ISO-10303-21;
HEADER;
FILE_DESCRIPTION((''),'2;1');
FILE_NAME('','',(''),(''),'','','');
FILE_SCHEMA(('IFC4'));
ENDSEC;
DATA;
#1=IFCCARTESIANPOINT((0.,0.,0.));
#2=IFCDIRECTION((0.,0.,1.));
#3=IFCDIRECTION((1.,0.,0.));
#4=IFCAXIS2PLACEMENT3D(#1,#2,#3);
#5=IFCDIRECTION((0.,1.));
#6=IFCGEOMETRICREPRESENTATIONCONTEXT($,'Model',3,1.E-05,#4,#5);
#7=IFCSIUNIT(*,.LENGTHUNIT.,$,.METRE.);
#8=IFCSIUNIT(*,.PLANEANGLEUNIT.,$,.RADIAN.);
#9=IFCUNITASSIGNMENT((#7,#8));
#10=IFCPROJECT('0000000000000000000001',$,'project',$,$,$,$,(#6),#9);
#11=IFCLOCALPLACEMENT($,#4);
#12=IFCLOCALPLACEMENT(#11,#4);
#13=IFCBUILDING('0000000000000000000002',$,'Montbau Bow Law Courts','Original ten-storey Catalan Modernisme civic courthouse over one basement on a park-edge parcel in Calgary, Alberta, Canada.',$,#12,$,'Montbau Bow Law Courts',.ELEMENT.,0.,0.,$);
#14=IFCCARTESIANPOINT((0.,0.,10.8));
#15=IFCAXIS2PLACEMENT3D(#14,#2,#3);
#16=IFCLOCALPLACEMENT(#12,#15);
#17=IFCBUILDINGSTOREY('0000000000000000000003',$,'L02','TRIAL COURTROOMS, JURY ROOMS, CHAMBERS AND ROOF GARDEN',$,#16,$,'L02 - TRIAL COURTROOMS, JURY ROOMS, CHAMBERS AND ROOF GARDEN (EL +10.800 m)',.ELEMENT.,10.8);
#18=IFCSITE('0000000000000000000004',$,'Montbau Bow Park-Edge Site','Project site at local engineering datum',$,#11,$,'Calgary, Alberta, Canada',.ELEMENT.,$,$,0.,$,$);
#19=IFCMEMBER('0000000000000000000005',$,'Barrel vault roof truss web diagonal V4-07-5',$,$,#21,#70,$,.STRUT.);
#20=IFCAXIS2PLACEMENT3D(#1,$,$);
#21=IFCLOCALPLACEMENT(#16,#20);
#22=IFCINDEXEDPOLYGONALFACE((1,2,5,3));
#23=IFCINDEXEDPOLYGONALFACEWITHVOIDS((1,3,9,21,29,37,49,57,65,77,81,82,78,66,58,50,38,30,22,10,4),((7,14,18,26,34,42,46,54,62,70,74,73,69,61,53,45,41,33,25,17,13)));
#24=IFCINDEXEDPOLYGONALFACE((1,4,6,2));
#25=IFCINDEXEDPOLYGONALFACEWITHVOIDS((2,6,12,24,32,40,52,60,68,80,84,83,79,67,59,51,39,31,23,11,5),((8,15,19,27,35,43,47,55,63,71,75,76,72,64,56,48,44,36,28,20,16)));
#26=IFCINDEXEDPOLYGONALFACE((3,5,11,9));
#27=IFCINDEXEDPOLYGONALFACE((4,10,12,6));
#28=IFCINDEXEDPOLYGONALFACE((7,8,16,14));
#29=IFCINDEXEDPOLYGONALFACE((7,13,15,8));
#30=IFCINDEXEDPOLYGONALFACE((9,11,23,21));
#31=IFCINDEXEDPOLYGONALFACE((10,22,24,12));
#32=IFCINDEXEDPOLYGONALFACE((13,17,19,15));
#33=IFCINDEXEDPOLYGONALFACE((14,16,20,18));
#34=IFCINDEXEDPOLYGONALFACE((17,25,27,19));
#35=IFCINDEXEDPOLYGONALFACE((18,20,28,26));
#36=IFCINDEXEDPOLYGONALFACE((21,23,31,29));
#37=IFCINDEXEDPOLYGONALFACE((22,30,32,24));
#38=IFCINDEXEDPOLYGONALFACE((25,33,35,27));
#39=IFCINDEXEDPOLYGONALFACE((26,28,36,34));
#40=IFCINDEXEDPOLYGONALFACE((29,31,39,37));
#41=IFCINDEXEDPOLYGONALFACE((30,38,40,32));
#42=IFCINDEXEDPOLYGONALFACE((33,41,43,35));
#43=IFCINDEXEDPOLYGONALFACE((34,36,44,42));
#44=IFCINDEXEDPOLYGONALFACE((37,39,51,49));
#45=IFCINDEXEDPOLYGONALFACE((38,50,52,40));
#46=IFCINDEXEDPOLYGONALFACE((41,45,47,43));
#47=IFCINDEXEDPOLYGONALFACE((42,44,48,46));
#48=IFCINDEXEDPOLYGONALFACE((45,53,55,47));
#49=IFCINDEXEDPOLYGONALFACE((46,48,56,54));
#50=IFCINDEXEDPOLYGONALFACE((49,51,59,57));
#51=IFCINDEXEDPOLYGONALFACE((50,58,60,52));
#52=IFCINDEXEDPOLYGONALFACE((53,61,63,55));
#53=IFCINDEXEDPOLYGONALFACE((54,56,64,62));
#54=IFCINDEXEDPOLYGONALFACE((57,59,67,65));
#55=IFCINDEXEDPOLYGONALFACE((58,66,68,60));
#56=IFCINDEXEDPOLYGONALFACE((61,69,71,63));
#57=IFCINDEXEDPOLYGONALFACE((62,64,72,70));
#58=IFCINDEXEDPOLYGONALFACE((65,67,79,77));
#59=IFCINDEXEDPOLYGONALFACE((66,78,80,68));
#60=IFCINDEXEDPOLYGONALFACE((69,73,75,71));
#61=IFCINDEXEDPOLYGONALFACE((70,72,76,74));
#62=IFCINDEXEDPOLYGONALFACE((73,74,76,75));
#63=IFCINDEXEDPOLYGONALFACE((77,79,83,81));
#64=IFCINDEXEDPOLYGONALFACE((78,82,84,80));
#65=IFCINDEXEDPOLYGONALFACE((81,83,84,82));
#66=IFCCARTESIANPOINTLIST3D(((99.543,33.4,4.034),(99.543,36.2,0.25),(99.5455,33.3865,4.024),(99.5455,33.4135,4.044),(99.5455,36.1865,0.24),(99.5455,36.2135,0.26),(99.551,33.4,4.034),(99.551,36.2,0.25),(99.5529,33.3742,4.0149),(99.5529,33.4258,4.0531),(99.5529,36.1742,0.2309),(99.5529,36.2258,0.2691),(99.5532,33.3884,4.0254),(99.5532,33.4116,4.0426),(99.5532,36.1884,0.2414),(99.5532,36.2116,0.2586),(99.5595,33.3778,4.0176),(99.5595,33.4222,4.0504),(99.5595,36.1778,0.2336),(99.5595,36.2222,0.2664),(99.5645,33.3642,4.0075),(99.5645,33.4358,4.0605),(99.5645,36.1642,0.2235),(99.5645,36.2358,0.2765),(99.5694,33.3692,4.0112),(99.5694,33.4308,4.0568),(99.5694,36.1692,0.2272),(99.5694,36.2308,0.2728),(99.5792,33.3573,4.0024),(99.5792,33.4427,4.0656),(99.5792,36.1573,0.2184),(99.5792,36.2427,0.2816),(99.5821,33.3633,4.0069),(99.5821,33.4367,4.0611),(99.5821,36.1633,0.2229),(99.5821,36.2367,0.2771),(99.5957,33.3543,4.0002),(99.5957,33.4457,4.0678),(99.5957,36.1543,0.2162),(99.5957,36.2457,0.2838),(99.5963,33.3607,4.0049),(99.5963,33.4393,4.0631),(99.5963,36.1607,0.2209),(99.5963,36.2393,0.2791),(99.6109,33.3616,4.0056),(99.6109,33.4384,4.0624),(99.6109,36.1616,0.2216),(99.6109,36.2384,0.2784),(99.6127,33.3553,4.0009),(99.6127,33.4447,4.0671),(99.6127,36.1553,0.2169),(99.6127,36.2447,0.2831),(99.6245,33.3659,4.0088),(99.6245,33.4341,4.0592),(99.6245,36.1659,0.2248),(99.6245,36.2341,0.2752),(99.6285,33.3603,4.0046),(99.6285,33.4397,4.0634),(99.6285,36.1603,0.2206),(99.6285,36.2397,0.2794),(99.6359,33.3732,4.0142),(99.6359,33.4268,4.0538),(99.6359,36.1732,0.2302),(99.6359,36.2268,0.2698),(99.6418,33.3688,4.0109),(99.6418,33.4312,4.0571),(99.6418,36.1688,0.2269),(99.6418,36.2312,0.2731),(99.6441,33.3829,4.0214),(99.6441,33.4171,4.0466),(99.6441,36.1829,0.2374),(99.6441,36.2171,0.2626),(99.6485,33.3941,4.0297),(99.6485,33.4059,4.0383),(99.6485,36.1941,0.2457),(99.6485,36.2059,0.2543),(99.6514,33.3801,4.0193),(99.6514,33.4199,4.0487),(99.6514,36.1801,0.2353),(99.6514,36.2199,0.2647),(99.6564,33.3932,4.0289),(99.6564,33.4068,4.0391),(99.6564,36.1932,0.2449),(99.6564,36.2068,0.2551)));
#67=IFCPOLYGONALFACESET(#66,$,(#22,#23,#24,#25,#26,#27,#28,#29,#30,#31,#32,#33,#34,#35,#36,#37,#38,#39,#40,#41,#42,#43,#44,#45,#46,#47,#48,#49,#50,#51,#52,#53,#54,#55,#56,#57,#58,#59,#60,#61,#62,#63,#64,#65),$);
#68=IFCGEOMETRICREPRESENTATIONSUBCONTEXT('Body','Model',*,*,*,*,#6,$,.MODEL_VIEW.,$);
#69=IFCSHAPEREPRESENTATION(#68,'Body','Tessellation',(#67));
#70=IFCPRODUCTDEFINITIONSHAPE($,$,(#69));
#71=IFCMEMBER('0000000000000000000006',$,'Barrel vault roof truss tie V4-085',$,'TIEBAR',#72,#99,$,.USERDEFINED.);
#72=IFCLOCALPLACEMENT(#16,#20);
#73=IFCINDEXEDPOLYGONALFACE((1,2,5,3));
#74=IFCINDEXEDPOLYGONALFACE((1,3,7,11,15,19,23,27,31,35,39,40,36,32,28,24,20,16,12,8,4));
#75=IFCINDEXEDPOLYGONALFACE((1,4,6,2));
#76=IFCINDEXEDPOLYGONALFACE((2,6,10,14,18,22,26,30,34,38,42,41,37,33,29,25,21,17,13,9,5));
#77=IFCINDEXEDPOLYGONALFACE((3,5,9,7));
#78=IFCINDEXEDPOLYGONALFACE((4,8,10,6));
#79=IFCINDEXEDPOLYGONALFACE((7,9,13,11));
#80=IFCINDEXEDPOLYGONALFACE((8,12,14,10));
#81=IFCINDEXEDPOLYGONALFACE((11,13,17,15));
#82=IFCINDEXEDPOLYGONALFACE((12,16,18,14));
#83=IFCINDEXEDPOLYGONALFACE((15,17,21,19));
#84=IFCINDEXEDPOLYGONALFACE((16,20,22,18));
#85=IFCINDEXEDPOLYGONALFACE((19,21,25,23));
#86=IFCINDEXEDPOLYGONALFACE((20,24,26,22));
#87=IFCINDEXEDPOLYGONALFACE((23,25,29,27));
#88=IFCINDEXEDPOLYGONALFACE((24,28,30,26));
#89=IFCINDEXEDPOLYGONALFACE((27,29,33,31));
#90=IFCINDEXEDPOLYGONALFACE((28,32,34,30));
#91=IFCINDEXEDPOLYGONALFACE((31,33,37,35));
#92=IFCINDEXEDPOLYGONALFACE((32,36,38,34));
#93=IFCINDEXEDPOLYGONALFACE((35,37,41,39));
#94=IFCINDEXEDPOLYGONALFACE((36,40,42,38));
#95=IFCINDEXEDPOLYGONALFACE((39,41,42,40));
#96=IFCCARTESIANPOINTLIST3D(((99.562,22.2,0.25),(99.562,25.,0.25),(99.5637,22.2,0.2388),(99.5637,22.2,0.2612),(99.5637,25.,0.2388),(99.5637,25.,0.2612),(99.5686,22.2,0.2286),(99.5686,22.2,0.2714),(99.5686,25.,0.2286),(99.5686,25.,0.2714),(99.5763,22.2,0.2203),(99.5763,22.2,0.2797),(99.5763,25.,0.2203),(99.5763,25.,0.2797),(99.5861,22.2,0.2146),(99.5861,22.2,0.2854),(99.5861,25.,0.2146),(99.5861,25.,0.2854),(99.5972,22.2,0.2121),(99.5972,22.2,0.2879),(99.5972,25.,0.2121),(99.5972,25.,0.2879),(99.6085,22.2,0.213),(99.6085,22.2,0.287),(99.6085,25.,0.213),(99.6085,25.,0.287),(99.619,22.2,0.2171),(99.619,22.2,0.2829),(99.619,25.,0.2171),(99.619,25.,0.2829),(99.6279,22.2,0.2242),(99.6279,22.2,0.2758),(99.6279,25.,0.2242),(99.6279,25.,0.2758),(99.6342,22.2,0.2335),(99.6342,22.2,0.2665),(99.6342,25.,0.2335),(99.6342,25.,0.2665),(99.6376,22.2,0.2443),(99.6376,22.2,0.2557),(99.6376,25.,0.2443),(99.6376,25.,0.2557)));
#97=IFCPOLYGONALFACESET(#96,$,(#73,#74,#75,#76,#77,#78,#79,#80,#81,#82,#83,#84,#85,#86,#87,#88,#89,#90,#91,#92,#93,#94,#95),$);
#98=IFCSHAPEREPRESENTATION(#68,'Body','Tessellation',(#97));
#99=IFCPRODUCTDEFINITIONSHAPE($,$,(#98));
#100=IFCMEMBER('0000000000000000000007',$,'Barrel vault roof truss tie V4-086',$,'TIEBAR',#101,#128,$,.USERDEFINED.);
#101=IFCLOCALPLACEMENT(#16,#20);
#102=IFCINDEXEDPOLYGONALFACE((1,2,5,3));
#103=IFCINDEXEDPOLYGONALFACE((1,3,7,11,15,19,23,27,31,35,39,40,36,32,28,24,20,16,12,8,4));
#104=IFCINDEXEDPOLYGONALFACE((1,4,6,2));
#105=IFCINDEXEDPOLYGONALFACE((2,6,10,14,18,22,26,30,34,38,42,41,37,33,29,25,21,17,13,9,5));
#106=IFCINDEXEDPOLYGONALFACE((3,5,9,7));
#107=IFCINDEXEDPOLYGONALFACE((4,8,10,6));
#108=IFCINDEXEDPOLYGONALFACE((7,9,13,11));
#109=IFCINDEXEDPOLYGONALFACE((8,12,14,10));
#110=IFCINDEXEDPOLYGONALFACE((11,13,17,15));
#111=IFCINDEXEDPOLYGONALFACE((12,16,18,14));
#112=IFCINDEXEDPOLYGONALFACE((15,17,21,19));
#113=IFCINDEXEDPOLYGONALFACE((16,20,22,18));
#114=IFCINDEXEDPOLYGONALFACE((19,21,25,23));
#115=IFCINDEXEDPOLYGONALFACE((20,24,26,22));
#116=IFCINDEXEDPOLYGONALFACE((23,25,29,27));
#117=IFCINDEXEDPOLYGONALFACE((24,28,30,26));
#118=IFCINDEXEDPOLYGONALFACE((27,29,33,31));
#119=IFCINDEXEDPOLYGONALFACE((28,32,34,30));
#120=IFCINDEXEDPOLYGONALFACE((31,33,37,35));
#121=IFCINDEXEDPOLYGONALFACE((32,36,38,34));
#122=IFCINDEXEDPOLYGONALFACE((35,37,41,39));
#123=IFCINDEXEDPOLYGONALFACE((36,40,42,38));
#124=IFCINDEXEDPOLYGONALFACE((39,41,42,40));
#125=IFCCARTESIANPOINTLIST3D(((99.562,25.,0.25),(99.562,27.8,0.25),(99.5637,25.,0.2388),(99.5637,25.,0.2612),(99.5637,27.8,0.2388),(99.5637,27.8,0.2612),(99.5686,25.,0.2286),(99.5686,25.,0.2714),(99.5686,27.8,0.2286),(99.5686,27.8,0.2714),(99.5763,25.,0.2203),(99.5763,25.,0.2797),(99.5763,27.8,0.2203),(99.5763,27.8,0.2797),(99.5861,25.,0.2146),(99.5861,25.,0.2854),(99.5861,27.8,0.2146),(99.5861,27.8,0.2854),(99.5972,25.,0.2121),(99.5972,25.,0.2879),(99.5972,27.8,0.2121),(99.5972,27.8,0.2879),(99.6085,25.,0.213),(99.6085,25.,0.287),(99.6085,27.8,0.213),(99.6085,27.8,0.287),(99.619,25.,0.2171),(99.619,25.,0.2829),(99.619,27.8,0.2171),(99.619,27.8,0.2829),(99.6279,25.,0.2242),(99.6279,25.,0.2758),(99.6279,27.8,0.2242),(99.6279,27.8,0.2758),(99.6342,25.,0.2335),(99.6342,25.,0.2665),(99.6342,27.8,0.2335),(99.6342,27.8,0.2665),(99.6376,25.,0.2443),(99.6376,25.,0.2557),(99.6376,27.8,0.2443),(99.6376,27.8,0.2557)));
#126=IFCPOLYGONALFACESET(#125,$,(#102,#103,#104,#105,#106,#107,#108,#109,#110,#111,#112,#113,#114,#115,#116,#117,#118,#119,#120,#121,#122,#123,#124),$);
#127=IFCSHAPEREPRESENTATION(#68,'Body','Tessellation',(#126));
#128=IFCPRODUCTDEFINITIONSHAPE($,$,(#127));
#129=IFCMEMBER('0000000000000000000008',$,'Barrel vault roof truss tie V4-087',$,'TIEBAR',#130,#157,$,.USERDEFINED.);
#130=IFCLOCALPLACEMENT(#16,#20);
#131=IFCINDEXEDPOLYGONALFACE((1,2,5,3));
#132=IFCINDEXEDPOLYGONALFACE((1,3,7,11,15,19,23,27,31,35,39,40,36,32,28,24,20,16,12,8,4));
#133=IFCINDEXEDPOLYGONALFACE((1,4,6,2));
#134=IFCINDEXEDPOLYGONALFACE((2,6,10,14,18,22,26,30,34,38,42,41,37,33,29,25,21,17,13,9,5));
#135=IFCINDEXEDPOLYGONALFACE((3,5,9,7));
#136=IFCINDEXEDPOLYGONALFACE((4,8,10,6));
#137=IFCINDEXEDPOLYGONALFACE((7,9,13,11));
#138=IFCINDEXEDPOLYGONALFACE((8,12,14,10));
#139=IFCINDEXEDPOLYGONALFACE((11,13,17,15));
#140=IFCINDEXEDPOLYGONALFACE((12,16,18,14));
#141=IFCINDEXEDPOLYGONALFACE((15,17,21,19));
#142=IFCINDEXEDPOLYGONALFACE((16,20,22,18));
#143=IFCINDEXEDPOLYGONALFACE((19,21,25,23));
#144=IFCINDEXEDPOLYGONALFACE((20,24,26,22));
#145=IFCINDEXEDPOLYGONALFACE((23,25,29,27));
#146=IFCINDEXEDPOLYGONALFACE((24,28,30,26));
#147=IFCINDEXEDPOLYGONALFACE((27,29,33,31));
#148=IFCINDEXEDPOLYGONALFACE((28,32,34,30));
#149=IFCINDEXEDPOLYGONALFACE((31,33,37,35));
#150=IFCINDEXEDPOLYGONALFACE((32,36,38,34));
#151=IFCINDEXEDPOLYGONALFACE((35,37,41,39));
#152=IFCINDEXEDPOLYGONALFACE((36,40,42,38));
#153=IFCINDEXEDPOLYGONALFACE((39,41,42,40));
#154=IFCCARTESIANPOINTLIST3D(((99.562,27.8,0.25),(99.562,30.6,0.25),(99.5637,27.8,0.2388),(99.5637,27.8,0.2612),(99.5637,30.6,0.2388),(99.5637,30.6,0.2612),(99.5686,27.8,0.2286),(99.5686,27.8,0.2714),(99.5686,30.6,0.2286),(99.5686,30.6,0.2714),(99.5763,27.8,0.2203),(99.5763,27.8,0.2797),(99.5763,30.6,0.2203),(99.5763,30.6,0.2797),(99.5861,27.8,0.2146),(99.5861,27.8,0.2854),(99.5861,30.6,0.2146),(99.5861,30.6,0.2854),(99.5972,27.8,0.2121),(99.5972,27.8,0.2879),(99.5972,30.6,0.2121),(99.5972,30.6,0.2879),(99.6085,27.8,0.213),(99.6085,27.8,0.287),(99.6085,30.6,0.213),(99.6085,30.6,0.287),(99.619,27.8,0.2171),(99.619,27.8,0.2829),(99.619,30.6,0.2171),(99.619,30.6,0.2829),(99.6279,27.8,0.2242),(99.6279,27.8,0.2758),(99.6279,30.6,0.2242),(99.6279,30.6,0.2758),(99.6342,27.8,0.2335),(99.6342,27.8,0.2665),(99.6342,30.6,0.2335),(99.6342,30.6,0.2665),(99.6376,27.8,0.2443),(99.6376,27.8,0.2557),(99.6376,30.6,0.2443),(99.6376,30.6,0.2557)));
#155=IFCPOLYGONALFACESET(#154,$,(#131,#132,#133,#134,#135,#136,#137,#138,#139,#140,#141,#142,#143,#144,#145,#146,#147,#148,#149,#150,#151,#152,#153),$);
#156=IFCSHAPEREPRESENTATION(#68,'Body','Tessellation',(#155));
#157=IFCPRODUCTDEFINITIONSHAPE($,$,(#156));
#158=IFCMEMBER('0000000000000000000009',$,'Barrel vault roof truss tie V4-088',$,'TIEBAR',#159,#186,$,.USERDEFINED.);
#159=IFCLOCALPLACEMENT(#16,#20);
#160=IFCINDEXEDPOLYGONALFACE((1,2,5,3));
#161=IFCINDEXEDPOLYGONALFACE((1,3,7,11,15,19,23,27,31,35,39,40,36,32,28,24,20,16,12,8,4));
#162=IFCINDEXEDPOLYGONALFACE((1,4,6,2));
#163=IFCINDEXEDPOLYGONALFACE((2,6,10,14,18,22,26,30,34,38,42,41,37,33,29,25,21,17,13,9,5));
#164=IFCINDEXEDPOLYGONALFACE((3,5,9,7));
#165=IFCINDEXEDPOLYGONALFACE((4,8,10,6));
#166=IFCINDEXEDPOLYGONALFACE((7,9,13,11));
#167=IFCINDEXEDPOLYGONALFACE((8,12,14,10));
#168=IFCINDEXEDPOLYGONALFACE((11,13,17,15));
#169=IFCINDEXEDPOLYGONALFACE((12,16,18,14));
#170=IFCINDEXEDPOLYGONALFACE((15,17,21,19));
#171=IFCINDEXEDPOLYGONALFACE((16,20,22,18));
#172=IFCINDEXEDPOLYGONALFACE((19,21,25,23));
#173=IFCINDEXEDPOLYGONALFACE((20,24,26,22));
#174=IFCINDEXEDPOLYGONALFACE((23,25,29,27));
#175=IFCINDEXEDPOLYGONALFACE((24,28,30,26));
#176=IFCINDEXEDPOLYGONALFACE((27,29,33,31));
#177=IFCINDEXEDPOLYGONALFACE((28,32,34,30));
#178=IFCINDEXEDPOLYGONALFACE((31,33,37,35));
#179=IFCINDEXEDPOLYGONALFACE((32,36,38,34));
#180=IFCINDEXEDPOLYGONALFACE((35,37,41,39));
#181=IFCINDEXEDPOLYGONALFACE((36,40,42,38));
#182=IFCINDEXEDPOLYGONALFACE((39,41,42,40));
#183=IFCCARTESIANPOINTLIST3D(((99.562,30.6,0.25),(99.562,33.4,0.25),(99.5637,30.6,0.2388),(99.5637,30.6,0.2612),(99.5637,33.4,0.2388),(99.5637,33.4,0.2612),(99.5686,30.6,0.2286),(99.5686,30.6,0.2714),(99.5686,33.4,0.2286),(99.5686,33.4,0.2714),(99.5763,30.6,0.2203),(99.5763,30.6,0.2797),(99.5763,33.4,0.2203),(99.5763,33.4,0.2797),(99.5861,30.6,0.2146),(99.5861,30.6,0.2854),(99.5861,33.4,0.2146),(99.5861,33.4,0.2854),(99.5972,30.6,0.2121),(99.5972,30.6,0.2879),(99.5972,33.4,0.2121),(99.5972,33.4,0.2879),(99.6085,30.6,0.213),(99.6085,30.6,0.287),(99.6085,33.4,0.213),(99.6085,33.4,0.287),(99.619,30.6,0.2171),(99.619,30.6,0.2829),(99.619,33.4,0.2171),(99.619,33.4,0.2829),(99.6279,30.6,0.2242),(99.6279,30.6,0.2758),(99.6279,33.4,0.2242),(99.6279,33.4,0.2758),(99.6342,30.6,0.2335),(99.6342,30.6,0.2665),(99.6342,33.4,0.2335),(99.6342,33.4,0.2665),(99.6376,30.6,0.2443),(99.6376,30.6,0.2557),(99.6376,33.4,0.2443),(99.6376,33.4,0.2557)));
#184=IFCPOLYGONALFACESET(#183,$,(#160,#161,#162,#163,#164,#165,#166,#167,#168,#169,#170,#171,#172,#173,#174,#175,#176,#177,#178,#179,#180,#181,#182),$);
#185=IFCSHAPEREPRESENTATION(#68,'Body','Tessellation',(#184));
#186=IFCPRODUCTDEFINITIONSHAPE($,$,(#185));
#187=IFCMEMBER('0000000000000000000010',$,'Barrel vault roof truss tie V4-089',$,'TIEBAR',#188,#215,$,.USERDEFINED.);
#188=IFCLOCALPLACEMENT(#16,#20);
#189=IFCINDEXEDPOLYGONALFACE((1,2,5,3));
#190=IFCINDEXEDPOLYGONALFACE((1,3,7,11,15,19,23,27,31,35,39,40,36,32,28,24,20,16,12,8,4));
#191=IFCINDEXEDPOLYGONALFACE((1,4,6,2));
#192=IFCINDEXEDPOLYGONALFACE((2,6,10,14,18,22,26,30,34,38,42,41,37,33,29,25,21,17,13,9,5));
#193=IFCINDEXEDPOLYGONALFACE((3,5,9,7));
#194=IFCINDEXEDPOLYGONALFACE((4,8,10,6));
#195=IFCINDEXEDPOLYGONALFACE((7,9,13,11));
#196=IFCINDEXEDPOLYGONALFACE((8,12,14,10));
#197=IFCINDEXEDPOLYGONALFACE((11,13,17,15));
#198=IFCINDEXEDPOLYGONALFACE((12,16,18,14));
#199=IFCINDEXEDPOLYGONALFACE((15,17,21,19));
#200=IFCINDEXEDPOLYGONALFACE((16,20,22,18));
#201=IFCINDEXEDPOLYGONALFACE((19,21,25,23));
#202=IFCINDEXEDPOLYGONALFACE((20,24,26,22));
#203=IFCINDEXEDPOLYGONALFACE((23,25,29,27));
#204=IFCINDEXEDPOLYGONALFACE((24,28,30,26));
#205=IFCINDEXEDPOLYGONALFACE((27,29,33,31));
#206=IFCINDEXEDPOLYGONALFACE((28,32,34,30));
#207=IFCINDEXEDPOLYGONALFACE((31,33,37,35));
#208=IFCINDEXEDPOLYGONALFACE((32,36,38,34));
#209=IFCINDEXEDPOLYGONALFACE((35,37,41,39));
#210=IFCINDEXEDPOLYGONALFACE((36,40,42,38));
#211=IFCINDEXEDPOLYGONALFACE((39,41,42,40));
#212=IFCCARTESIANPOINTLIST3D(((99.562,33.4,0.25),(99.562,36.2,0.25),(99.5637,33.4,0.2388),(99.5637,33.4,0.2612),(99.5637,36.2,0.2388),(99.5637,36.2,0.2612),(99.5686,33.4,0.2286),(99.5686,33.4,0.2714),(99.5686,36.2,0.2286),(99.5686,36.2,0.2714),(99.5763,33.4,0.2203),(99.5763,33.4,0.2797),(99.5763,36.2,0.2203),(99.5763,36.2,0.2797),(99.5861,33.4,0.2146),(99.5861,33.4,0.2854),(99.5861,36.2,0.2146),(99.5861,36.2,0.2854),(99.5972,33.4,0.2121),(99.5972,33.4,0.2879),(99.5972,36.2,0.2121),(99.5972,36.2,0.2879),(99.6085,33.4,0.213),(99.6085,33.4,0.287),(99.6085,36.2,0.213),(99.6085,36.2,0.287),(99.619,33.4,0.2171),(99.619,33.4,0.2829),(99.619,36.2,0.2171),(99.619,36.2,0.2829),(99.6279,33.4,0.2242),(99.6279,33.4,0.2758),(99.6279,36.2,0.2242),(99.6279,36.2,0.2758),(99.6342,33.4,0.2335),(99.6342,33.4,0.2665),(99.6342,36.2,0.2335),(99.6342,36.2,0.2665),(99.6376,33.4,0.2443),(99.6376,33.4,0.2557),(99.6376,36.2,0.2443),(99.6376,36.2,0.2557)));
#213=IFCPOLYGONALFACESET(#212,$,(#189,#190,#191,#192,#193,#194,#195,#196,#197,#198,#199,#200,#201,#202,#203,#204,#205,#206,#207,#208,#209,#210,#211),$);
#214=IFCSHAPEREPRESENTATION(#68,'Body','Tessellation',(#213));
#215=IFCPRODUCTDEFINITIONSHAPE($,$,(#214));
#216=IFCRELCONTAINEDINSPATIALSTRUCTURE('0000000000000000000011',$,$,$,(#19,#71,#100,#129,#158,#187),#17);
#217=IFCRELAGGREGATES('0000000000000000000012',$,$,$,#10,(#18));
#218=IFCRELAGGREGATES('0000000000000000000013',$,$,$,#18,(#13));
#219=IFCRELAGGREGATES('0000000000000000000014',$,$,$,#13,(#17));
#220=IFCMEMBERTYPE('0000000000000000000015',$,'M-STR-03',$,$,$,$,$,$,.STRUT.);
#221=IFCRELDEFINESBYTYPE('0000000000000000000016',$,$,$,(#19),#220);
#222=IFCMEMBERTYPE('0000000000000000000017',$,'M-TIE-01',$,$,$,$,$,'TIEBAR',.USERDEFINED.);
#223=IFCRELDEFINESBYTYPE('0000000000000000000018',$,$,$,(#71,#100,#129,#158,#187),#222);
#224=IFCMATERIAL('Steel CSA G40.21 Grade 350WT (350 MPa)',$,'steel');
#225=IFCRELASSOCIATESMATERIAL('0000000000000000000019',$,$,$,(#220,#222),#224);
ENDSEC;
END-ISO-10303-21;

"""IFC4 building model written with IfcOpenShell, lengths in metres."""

from ifc_helpers import new_model, si_unit, direction, frame, origin_with_axes, origin_2d_with_axis, place, context, subcontext, project, spatial, circle, hollow_circle, extrude, material, material_profile, profile_set, type_object, element, save


model = new_model("IFC4")

# Units and contexts
model_context = context("Model", 3, precision=1e-05, world=origin_with_axes(), true_north=direction((0.0, 1.0)))
body_context = subcontext(model_context, "Body", "Model", "MODEL_VIEW")
ifc_project = project(units=[si_unit("LENGTHUNIT", "METRE"), si_unit("PLANEANGLEUNIT", "RADIAN")], contexts=[model_context])

# Site, building, storey
site_placement = place(None, origin_with_axes())
site = spatial("IfcSite", under=ifc_project, at=site_placement, Name="Montbau Bow Park-Edge Site", Description="Project site at local engineering datum", LongName="Calgary, Alberta, Canada", CompositionType="ELEMENT", RefElevation=0.0)
building_placement = place(site_placement, origin_with_axes())
building = spatial("IfcBuilding", under=site, at=building_placement, Name="Montbau Bow Law Courts", Description="Original ten-storey Catalan Modernisme civic courthouse over one basement on a park-edge parcel in Calgary, Alberta, Canada.", LongName="Montbau Bow Law Courts", CompositionType="ELEMENT", ElevationOfRefHeight=0.0, ElevationOfTerrain=0.0)
storey_placement = place(building_placement, frame((0.0, 0.0, 10.8), z_axis=(0.0, 0.0, 1.0), x_axis=(1.0, 0.0, 0.0)))
storey = spatial("IfcBuildingStorey", under=building, at=storey_placement, Name="L02", Description="TRIAL COURTROOMS, JURY ROOMS, CHAMBERS AND ROOF GARDEN", LongName="L02 - TRIAL COURTROOMS, JURY ROOMS, CHAMBERS AND ROOF GARDEN (EL +10.800 m)", CompositionType="ELEMENT", Elevation=10.8)

# Shared definitions
ifc_material_1 = material(Name="Steel CSA G40.21 Grade 350WT (350 MPa)", Category="steel")

# Members
ifc_material_profile_1 = material_profile(ifc_material_1, hollow_circle(Radius=0.057, WallThickness=0.008, at=origin_2d_with_axis()), Name="HSS114X8.0", Category="Main", Priority=0)
ifc_profile_set_1 = profile_set([ifc_material_profile_1], Name="Steel CSA G40.21 Grade 350WT (350 MPa)")
member_type_1 = type_object("IfcMemberType", Name="M-STR-03", PredefinedType="STRUT", material=ifc_profile_set_1)
member_1_placement = place(None, frame((99.6, 33.4, 14.834), z_axis=(0.0, 0.594821, -0.803858), x_axis=(-1.0, 0.0, 0.0)))
element("IfcMember", 1, at=member_1_placement, inside=storey, type_object=member_type_1, Name="Barrel vault roof truss web diagonal V4-07-5", PredefinedType="STRUT", context=body_context, shape_type="SweptSolid", body=[
    extrude(hollow_circle(Radius=0.057, WallThickness=0.008, at=origin_2d_with_axis()), origin_with_axes(), (0.0, 0.0, 1.0), 4.7073),
])
ifc_material_profile_2 = material_profile(ifc_material_1, circle(Radius=0.038, at=origin_2d_with_axis()), Name="ROD76", Category="Main", Priority=0)
ifc_profile_set_2 = profile_set([ifc_material_profile_2], Name="Steel CSA G40.21 Grade 350WT (350 MPa)")
member_type_2 = type_object("IfcMemberType", Name="M-TIE-01", ElementType="TIEBAR", PredefinedType="USERDEFINED", material=ifc_profile_set_2)
for number, where, z_axis, x_axis, name in (
    (2, (99.6, 22.2, 11.05), (0.0, 1.0, 0.0), (-1.0, 0.0, 0.0), "Barrel vault roof truss tie V4-085"),
    (3, (99.6, 25.0, 11.05), (0.0, 1.0, 0.0), (-1.0, 0.0, 0.0), "Barrel vault roof truss tie V4-086"),
    (4, (99.6, 27.8, 11.05), (0.0, 1.0, 0.0), (-1.0, 0.0, 0.0), "Barrel vault roof truss tie V4-087"),
    (5, (99.6, 30.6, 11.05), (0.0, 1.0, 0.0), (-1.0, 0.0, 0.0), "Barrel vault roof truss tie V4-088"),
    (6, (99.6, 33.4, 11.05), (0.0, 1.0, 0.0), (-1.0, 0.0, 0.0), "Barrel vault roof truss tie V4-089"),
):
    element("IfcMember", number, at=place(None, frame(where, z_axis=z_axis, x_axis=x_axis)), inside=storey, type_object=member_type_2, Name=name, ObjectType="TIEBAR", PredefinedType="USERDEFINED", context=body_context, shape_type="SweptSolid", body=[
        extrude(circle(Radius=0.038, at=origin_2d_with_axis()), origin_with_axes(), (0.0, 0.0, 1.0), 2.8),
    ])

save(model, "model.ifc")
